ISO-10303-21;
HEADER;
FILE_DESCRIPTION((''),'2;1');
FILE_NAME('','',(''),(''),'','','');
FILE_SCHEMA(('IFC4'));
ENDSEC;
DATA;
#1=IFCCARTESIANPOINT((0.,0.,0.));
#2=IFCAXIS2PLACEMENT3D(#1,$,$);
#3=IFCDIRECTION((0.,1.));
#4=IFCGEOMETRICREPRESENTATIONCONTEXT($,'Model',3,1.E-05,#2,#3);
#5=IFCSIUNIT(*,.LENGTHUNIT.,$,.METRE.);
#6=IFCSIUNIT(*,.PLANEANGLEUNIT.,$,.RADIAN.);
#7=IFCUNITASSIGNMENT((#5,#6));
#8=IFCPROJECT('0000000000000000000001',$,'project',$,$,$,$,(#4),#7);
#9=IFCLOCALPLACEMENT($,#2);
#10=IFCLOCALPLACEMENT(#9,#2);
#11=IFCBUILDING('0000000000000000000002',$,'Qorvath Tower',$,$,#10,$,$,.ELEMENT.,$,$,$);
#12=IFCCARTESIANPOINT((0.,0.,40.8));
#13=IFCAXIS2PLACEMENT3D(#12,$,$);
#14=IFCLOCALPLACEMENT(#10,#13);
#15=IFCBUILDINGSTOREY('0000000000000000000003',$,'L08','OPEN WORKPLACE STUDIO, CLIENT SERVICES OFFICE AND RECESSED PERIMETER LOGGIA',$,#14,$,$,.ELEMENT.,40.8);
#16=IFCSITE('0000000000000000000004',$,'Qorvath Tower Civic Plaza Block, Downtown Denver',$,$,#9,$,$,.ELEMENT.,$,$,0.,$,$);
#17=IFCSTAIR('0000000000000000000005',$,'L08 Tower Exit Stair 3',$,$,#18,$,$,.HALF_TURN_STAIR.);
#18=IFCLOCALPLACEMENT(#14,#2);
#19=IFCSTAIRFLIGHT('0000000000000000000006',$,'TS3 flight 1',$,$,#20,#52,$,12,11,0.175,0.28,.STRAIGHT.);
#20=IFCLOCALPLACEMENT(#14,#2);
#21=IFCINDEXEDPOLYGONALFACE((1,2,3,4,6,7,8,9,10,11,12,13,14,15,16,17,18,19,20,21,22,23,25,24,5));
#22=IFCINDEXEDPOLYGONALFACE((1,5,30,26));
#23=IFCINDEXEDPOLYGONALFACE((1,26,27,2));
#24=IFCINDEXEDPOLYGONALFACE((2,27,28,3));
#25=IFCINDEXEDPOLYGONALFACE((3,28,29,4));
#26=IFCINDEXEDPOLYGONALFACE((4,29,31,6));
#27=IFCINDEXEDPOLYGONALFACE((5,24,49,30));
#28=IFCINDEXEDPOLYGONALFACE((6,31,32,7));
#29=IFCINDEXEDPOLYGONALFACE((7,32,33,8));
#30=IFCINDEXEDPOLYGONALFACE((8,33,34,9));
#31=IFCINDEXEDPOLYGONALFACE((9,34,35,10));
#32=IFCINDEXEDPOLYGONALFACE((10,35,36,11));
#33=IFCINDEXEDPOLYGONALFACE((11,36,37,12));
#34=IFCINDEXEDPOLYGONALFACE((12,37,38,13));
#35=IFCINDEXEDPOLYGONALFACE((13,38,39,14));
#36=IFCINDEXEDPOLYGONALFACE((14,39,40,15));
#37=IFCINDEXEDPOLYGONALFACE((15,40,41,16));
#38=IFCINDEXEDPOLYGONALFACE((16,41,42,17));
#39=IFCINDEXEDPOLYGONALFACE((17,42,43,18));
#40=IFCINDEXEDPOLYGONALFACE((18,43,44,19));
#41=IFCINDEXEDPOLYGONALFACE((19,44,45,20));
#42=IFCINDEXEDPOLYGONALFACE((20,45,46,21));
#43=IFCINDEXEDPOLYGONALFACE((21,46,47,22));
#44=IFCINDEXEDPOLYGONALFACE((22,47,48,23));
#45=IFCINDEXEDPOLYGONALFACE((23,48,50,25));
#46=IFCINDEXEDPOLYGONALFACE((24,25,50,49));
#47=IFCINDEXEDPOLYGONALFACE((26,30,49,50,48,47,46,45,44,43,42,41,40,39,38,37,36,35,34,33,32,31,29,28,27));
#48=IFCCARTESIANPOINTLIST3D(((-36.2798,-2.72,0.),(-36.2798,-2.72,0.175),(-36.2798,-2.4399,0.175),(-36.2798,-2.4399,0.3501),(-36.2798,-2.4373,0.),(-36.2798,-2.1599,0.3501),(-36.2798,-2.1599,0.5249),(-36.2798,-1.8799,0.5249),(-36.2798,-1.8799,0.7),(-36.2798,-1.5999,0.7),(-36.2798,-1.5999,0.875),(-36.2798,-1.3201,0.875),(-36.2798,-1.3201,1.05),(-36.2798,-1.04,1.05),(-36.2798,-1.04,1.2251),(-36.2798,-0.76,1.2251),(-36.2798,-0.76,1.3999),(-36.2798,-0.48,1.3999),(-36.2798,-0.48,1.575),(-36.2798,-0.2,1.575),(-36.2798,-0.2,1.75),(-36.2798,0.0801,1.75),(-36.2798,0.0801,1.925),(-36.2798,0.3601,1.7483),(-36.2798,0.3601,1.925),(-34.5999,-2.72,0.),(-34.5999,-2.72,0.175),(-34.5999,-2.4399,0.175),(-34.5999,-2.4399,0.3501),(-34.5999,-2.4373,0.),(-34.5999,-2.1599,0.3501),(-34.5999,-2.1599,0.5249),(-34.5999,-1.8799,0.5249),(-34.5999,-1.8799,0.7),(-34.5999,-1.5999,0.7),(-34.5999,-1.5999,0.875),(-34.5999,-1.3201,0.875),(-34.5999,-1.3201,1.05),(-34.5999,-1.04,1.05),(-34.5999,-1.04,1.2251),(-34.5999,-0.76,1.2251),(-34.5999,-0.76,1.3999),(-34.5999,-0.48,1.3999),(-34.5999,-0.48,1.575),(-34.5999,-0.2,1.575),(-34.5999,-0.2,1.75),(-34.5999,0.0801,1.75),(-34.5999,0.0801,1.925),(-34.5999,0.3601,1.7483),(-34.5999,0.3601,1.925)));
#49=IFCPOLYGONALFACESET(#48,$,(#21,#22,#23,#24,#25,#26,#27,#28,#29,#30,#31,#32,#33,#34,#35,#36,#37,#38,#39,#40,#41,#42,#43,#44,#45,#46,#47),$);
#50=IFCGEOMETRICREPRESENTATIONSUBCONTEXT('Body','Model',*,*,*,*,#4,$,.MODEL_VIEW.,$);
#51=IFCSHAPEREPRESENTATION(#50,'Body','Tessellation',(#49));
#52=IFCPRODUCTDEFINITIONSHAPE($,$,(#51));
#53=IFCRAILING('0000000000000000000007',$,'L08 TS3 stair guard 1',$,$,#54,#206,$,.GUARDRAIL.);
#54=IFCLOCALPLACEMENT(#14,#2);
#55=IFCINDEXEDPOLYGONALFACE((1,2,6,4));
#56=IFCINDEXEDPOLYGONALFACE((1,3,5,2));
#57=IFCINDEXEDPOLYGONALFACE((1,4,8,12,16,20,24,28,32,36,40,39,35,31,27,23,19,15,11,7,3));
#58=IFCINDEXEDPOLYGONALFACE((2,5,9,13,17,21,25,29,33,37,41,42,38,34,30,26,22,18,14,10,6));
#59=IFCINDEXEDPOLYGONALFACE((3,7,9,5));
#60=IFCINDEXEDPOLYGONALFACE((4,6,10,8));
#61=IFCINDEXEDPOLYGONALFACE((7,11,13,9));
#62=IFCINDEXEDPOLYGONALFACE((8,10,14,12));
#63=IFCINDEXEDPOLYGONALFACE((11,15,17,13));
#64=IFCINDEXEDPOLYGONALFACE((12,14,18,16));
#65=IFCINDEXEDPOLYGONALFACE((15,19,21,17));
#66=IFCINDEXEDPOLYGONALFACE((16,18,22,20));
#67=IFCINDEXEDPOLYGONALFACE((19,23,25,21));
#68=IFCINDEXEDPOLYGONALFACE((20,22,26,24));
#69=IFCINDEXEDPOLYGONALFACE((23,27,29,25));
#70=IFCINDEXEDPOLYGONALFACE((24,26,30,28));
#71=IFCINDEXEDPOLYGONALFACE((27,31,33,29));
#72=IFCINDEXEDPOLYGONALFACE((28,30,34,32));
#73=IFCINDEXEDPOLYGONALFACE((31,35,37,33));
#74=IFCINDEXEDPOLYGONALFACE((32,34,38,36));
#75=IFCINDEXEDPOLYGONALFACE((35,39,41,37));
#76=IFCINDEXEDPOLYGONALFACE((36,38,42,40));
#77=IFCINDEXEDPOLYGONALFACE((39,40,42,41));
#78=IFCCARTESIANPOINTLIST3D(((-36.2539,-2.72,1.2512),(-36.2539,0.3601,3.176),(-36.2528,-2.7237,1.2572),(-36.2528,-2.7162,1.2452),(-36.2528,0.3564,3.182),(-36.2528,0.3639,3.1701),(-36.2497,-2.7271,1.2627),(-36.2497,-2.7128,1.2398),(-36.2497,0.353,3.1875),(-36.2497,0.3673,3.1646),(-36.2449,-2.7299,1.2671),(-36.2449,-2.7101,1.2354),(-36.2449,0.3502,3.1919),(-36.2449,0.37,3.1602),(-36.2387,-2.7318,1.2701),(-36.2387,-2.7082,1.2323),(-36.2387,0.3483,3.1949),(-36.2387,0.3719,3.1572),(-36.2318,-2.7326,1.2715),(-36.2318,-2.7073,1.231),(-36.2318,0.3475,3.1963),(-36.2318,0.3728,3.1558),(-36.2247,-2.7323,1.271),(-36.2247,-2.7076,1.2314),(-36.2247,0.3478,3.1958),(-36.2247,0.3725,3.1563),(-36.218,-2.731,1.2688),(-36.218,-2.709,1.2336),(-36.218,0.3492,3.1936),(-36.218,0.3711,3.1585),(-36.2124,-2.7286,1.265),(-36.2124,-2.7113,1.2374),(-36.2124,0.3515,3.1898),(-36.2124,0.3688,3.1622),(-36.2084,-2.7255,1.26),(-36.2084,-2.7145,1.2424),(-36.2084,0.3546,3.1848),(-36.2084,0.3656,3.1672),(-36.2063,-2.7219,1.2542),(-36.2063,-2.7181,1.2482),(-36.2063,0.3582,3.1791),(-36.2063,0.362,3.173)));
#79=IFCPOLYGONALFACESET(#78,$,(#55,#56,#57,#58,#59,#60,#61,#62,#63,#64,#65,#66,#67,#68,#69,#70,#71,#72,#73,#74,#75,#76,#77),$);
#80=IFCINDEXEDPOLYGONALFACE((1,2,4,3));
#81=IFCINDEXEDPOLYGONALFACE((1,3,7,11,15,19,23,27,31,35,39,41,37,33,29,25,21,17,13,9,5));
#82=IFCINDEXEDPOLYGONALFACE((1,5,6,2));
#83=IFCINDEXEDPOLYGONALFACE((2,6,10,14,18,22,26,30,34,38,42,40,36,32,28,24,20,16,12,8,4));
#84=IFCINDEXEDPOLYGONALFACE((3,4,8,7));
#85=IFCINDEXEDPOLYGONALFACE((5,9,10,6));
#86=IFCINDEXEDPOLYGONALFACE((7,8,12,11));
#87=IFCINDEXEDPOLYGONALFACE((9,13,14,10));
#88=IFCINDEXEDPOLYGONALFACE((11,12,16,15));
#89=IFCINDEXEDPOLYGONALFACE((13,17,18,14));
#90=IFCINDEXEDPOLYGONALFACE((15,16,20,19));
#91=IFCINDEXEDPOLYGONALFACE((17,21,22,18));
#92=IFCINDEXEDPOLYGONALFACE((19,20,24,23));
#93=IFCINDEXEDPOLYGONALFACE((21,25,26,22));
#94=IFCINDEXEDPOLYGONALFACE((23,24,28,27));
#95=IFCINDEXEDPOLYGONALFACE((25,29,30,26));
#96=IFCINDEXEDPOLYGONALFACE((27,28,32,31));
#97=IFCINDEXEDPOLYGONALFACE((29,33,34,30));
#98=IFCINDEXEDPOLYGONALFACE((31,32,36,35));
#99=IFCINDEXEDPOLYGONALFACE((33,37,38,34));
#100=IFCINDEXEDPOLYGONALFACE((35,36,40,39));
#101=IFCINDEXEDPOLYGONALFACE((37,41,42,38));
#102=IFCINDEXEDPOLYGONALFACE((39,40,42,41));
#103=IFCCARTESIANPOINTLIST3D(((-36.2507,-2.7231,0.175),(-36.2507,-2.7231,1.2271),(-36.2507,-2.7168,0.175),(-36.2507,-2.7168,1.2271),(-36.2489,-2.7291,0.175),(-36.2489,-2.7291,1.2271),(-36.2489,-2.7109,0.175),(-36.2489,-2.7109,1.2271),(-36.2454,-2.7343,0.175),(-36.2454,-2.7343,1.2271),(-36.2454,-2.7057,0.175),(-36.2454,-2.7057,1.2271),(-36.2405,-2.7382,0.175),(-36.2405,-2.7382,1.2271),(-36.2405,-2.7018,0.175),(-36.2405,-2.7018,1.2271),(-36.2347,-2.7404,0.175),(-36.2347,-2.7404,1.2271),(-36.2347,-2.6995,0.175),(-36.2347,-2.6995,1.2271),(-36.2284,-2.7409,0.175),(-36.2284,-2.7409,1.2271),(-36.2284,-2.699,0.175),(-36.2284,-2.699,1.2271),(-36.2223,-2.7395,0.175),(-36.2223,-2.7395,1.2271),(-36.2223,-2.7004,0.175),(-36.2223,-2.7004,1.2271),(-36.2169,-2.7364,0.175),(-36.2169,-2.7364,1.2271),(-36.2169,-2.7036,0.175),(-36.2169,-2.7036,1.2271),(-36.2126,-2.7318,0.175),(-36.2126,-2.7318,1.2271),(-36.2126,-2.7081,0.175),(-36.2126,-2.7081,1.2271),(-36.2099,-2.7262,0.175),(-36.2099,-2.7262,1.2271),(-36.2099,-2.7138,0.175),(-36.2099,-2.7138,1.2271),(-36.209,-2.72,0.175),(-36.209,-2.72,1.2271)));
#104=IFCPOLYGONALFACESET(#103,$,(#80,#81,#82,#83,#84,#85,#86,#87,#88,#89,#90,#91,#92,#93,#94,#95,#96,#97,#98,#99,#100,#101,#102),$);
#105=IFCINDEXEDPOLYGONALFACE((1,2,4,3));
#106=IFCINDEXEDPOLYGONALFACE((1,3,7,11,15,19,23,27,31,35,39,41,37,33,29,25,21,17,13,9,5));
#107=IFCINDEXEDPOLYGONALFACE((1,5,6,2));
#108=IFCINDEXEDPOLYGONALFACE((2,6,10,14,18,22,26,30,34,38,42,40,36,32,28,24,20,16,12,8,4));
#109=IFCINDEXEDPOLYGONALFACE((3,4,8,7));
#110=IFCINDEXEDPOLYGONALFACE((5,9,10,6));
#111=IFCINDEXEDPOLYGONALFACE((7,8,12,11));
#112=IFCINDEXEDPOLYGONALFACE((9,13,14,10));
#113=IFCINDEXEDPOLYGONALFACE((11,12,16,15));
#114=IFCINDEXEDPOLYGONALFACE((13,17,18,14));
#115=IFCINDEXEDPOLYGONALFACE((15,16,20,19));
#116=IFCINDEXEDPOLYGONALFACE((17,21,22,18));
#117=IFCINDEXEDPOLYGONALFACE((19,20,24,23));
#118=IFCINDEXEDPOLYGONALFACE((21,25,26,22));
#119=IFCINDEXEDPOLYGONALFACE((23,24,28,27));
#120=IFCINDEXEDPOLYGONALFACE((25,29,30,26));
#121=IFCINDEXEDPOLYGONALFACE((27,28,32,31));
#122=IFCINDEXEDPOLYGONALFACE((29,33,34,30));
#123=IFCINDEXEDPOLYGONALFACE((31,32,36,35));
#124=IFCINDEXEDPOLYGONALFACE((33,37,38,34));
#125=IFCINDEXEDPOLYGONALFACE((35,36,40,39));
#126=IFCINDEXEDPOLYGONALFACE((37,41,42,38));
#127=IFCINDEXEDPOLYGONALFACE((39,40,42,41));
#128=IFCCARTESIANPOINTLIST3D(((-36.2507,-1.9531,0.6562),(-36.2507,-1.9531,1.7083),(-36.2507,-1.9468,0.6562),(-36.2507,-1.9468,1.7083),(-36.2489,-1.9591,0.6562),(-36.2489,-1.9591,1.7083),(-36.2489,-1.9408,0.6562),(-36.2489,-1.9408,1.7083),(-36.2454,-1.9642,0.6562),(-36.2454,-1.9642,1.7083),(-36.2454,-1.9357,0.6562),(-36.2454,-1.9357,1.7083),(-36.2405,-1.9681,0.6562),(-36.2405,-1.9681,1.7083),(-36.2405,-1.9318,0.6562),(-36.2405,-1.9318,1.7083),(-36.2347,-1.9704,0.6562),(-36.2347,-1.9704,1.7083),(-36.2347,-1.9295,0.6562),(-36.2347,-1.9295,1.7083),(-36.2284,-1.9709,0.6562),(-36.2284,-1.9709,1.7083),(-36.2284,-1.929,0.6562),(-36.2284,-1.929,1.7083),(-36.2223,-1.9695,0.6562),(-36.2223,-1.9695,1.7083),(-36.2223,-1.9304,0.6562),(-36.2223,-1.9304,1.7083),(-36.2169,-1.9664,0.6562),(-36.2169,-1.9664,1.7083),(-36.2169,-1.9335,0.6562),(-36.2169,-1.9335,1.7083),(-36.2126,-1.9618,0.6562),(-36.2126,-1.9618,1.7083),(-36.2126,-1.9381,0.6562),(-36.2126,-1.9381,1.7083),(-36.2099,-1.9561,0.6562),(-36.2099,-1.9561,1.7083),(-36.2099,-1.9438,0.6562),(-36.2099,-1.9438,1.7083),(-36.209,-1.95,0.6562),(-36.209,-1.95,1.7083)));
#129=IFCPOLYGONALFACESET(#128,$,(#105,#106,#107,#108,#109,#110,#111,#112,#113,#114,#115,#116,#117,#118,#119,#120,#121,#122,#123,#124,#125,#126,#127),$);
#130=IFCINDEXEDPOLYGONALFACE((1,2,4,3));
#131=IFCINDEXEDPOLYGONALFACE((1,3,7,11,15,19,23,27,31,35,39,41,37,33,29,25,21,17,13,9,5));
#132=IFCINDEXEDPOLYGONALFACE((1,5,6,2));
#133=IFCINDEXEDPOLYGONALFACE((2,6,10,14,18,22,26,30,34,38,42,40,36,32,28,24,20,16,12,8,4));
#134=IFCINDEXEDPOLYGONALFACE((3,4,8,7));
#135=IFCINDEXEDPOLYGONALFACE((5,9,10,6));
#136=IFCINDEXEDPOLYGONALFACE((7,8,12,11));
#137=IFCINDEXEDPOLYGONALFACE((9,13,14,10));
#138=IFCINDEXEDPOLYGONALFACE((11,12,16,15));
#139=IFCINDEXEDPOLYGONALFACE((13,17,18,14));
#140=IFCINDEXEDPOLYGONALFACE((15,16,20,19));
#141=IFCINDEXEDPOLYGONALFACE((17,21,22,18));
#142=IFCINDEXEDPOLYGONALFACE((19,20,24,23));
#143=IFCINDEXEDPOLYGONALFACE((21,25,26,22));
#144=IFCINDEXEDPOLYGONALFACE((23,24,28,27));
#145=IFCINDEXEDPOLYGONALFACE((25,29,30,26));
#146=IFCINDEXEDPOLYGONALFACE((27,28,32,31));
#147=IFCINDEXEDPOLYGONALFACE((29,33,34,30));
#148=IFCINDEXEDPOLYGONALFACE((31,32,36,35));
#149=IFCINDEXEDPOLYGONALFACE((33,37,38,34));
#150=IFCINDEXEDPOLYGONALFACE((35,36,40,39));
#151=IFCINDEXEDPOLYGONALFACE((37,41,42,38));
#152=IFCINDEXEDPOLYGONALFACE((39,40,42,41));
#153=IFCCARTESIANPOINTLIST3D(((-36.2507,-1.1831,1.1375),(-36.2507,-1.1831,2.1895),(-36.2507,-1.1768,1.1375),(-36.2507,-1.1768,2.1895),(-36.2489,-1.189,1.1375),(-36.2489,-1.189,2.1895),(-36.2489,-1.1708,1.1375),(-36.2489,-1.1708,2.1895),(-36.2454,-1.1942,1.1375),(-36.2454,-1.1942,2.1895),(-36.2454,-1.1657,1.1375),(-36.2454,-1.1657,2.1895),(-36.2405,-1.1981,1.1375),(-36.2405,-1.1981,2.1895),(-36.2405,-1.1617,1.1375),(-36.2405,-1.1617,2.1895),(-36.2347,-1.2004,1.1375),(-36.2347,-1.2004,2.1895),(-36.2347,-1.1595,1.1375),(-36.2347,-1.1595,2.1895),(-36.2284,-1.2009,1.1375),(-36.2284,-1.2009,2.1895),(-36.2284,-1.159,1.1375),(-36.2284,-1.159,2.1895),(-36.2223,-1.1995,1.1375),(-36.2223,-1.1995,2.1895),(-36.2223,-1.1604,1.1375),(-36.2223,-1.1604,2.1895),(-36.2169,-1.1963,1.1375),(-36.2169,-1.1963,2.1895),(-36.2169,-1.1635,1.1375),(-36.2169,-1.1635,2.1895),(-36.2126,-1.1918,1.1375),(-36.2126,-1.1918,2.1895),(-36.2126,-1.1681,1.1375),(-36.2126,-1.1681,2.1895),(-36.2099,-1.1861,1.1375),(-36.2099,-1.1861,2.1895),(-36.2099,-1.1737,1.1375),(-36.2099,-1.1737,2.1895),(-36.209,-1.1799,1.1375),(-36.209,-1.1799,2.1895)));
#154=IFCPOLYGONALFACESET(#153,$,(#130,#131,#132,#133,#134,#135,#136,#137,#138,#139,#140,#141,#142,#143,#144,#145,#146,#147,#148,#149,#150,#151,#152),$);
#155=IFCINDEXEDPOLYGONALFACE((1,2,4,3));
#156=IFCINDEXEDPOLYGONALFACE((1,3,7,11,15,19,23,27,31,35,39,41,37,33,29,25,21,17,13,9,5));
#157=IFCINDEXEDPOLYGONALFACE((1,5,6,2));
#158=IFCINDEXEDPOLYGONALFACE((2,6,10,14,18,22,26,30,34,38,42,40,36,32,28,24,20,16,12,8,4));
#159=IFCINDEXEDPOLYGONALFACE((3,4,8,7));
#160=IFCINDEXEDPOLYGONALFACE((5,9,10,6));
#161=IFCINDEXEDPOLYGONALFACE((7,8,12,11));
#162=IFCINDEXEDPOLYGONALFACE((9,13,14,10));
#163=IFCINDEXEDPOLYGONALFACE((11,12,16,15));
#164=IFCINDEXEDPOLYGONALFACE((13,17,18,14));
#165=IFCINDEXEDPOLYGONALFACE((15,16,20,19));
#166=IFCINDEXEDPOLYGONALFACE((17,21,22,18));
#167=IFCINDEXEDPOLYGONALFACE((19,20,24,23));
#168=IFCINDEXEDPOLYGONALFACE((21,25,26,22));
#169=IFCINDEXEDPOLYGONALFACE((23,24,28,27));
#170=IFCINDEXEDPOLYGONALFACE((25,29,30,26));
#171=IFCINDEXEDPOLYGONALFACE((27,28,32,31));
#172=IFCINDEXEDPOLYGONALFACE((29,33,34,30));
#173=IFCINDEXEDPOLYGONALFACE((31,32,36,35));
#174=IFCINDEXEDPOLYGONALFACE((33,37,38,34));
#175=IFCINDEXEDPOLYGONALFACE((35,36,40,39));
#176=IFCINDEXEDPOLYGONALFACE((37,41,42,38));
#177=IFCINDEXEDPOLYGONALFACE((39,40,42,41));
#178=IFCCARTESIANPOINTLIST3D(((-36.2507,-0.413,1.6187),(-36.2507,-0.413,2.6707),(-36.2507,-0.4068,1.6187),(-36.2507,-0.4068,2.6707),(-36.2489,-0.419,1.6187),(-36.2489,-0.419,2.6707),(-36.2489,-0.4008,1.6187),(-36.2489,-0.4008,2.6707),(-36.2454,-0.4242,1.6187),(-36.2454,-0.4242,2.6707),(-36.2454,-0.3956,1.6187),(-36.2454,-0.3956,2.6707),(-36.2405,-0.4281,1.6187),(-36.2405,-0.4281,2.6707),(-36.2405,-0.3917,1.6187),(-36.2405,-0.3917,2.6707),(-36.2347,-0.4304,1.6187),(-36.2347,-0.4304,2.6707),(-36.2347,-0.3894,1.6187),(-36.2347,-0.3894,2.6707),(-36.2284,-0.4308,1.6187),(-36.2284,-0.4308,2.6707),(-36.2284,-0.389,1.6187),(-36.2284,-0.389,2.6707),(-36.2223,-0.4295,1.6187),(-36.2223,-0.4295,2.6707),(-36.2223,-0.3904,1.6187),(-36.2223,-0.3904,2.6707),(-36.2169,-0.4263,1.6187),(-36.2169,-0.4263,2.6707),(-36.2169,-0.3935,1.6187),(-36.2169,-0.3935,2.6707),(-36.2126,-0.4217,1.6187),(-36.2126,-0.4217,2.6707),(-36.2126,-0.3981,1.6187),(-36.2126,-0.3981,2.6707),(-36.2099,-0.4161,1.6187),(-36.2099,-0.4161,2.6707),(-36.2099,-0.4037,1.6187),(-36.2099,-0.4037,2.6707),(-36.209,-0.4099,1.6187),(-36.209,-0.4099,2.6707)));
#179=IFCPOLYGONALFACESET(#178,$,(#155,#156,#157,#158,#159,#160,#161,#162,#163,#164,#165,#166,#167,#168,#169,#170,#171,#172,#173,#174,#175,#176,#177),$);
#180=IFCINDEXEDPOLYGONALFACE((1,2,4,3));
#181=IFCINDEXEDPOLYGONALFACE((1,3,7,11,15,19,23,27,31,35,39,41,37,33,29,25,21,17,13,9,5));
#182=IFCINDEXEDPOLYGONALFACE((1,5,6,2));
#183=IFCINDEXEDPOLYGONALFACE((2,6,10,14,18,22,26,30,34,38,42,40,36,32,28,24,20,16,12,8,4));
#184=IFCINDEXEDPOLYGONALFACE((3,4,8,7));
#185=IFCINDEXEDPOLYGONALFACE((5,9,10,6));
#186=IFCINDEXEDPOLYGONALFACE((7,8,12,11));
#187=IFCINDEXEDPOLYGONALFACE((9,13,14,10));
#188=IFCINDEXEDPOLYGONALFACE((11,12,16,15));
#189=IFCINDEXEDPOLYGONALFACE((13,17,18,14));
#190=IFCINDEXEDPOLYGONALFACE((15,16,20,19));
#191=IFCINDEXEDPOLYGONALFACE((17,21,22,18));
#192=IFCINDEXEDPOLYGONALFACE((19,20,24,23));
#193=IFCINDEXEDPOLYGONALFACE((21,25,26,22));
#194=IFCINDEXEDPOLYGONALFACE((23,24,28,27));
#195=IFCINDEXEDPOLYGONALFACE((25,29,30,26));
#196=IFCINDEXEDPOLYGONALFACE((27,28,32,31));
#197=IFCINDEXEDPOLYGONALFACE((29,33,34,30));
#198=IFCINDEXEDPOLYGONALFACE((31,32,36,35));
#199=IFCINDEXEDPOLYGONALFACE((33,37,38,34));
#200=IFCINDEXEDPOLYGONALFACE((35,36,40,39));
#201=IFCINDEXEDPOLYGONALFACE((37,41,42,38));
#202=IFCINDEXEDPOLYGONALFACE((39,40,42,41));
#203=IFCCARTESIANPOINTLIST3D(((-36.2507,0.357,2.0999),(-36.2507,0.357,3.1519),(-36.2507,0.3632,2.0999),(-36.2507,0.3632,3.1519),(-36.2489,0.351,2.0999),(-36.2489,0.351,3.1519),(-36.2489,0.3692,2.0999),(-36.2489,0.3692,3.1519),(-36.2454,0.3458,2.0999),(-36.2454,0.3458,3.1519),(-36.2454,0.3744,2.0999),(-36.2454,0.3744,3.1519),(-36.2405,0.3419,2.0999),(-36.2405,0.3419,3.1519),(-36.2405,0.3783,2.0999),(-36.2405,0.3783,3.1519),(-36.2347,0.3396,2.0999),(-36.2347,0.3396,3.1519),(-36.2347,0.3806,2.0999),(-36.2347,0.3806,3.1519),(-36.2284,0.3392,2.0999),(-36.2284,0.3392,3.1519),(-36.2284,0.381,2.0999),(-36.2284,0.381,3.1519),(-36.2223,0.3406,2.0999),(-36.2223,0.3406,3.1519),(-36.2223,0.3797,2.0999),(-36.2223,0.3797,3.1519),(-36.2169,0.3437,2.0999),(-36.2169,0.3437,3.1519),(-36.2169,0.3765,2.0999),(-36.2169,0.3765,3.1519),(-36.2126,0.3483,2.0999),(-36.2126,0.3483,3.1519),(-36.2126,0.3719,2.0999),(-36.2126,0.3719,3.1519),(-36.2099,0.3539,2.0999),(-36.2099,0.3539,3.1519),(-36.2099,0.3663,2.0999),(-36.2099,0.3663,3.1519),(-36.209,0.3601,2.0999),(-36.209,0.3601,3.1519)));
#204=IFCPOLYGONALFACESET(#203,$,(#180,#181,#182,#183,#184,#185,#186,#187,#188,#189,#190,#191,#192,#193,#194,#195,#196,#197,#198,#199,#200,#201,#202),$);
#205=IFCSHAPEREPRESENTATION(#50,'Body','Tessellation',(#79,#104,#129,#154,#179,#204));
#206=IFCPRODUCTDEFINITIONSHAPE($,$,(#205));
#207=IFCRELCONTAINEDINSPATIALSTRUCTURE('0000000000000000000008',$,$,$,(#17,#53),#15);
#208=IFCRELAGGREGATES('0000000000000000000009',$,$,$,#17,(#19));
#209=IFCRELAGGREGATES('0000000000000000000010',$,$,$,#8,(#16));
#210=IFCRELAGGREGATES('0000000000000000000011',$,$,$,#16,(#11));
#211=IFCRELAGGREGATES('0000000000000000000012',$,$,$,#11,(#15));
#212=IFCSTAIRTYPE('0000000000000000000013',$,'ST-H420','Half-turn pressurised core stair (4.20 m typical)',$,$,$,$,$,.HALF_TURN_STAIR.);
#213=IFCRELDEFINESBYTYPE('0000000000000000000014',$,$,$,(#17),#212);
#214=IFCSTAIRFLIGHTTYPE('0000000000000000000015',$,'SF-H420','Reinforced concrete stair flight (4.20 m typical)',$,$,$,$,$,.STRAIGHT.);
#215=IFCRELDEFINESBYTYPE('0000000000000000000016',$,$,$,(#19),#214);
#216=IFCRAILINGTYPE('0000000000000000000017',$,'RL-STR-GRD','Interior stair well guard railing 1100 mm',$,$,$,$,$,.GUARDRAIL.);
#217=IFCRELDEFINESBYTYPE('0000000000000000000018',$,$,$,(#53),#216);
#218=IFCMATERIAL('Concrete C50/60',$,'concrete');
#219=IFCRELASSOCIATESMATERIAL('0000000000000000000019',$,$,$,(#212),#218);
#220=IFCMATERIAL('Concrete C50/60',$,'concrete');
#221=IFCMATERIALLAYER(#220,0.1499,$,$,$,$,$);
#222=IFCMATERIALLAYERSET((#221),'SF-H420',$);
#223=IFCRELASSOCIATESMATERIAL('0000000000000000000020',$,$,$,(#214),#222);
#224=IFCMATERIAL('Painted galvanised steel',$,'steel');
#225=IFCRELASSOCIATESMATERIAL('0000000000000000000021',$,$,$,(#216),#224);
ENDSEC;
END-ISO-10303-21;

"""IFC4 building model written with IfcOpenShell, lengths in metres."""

from ifc_helpers import new_model, si_unit, direction, frame, origin, origin_2d, place, context, subcontext, project, spatial, polyline, circle, outline, extrude, material, layer, layer_set, type_object, element, aggregate, save


model = new_model("IFC4")

# Units and contexts
model_context = context("Model", 3, precision=1e-05, world=origin(), true_north=direction((0.0, 1.0)))
body_context = subcontext(model_context, "Body", "Model", "MODEL_VIEW")
ifc_project = project(units=[si_unit("LENGTHUNIT", "METRE"), si_unit("PLANEANGLEUNIT", "RADIAN")], contexts=[model_context])

# Site, building, storey
site_placement = place(None, origin())
site = spatial("IfcSite", under=ifc_project, at=site_placement, Name="Qorvath Tower Civic Plaza Block, Downtown Denver", CompositionType="ELEMENT", RefElevation=0.0)
building_placement = place(site_placement, origin())
building = spatial("IfcBuilding", under=site, at=building_placement, Name="Qorvath Tower", CompositionType="ELEMENT")
storey_placement = place(building_placement, frame((0.0, 0.0, 40.8)))
storey = spatial("IfcBuildingStorey", under=building, at=storey_placement, Name="L08", Description="OPEN WORKPLACE STUDIO, CLIENT SERVICES OFFICE AND RECESSED PERIMETER LOGGIA", CompositionType="ELEMENT", Elevation=40.8)

# Stair, stair flight
ifc_material_1 = material(Name="Concrete C50/60", Category="concrete")
stair_type = type_object("IfcStairType", Name="ST-H420", Description="Half-turn pressurised core stair (4.20 m typical)", PredefinedType="HALF_TURN_STAIR", material=ifc_material_1)
stair_placement = place(storey_placement, origin())
stair = element("IfcStair", 1, at=stair_placement, inside=storey, type_object=stair_type, Name="L08 Tower Exit Stair 3", PredefinedType="HALF_TURN_STAIR")
ifc_material_2 = material(Name="Concrete C50/60", Category="concrete")
ifc_layer_1 = layer(ifc_material_2, 0.1499)
ifc_layer_set_1 = layer_set([ifc_layer_1], Name="SF-H420")
stair_flight_type = type_object("IfcStairFlightType", Name="SF-H420", Description="Reinforced concrete stair flight (4.20 m typical)", PredefinedType="STRAIGHT", material=ifc_layer_set_1)
stair_flight_placement = place(storey_placement, frame((-35.4399, -2.72, 0.0), z_axis=(0.0, 0.0, 1.0), x_axis=(0.0, 1.0, 0.0)))
stair_flight = element("IfcStairFlight", 2, at=stair_flight_placement, type_object=stair_flight_type, Name="TS3 flight 1", NumberOfRisers=12, NumberOfTreads=11, PredefinedType="STRAIGHT", RiserHeight=0.175, TreadLength=0.28, context=body_context, shape_type="SweptSolid", body=[
    extrude(outline(polyline([(0.0, 0.0), (0.0, 0.175), (0.28, 0.175), (0.28, 0.3501), (0.5601, 0.3501), (0.5601, 0.5249), (0.8401, 0.5249), (0.8401, 0.7), (1.1201, 0.7), (1.1201, 0.875), (1.3999, 0.875), (1.3999, 1.05), (1.6799, 1.05), (1.6799, 1.2251), (1.96, 1.2251), (1.96, 1.3999), (2.24, 1.3999), (2.24, 1.575), (2.52, 1.575), (2.52, 1.75), (2.8, 1.75), (2.8, 1.925), (3.0801, 1.925), (3.0801, 2.1001), (3.0801, 1.7483), (0.2827, 0.0), (0.0, 0.0)])), frame((0.0, 0.8398, 0.0), z_axis=(0.0, -1.0, 0.0), x_axis=(1.0, 0.0, 0.0)), (0.0, 0.0, 1.0), 1.6799),
])
aggregate(stair, [stair_flight])

# Railing
ifc_material_3 = material(Name="Painted galvanised steel", Category="steel")
railing_type_1 = type_object("IfcRailingType", Name="RL-STR-GRD", Description="Interior stair well guard railing 1100 mm", PredefinedType="GUARDRAIL", material=ifc_material_3)
railing_1_placement = place(storey_placement, frame((-36.23, -2.72, 0.175)))
element("IfcRailing", 3, at=railing_1_placement, inside=storey, type_object=railing_type_1, Name="L08 TS3 stair guard 1", PredefinedType="GUARDRAIL", context=body_context, shape_type="SweptSolid", body=[
    extrude(circle(Radius=0.0239, at=origin_2d()), frame((0.0, 0.0, 1.0762), z_axis=(0.0, 0.848029, 0.529951), x_axis=(-1.0, 0.0, 0.0)), (0.0, 0.0, 1.0), 3.6321),
    extrude(circle(Radius=0.021, at=origin_2d()), origin(), (0.0, 0.0, 1.0), 1.052),
    extrude(circle(Radius=0.021, at=origin_2d()), frame((0.0, 0.77, 0.4812)), (0.0, 0.0, 1.0), 1.052),
    extrude(circle(Radius=0.021, at=origin_2d()), frame((0.0, 1.54, 0.9624)), (0.0, 0.0, 1.0), 1.052),
    extrude(circle(Radius=0.021, at=origin_2d()), frame((0.0, 2.3101, 1.4436)), (0.0, 0.0, 1.0), 1.052),
    extrude(circle(Radius=0.021, at=origin_2d()), frame((0.0, 3.0801, 1.9248)), (0.0, 0.0, 1.0), 1.052),
])

save(model, "model.ifc")
